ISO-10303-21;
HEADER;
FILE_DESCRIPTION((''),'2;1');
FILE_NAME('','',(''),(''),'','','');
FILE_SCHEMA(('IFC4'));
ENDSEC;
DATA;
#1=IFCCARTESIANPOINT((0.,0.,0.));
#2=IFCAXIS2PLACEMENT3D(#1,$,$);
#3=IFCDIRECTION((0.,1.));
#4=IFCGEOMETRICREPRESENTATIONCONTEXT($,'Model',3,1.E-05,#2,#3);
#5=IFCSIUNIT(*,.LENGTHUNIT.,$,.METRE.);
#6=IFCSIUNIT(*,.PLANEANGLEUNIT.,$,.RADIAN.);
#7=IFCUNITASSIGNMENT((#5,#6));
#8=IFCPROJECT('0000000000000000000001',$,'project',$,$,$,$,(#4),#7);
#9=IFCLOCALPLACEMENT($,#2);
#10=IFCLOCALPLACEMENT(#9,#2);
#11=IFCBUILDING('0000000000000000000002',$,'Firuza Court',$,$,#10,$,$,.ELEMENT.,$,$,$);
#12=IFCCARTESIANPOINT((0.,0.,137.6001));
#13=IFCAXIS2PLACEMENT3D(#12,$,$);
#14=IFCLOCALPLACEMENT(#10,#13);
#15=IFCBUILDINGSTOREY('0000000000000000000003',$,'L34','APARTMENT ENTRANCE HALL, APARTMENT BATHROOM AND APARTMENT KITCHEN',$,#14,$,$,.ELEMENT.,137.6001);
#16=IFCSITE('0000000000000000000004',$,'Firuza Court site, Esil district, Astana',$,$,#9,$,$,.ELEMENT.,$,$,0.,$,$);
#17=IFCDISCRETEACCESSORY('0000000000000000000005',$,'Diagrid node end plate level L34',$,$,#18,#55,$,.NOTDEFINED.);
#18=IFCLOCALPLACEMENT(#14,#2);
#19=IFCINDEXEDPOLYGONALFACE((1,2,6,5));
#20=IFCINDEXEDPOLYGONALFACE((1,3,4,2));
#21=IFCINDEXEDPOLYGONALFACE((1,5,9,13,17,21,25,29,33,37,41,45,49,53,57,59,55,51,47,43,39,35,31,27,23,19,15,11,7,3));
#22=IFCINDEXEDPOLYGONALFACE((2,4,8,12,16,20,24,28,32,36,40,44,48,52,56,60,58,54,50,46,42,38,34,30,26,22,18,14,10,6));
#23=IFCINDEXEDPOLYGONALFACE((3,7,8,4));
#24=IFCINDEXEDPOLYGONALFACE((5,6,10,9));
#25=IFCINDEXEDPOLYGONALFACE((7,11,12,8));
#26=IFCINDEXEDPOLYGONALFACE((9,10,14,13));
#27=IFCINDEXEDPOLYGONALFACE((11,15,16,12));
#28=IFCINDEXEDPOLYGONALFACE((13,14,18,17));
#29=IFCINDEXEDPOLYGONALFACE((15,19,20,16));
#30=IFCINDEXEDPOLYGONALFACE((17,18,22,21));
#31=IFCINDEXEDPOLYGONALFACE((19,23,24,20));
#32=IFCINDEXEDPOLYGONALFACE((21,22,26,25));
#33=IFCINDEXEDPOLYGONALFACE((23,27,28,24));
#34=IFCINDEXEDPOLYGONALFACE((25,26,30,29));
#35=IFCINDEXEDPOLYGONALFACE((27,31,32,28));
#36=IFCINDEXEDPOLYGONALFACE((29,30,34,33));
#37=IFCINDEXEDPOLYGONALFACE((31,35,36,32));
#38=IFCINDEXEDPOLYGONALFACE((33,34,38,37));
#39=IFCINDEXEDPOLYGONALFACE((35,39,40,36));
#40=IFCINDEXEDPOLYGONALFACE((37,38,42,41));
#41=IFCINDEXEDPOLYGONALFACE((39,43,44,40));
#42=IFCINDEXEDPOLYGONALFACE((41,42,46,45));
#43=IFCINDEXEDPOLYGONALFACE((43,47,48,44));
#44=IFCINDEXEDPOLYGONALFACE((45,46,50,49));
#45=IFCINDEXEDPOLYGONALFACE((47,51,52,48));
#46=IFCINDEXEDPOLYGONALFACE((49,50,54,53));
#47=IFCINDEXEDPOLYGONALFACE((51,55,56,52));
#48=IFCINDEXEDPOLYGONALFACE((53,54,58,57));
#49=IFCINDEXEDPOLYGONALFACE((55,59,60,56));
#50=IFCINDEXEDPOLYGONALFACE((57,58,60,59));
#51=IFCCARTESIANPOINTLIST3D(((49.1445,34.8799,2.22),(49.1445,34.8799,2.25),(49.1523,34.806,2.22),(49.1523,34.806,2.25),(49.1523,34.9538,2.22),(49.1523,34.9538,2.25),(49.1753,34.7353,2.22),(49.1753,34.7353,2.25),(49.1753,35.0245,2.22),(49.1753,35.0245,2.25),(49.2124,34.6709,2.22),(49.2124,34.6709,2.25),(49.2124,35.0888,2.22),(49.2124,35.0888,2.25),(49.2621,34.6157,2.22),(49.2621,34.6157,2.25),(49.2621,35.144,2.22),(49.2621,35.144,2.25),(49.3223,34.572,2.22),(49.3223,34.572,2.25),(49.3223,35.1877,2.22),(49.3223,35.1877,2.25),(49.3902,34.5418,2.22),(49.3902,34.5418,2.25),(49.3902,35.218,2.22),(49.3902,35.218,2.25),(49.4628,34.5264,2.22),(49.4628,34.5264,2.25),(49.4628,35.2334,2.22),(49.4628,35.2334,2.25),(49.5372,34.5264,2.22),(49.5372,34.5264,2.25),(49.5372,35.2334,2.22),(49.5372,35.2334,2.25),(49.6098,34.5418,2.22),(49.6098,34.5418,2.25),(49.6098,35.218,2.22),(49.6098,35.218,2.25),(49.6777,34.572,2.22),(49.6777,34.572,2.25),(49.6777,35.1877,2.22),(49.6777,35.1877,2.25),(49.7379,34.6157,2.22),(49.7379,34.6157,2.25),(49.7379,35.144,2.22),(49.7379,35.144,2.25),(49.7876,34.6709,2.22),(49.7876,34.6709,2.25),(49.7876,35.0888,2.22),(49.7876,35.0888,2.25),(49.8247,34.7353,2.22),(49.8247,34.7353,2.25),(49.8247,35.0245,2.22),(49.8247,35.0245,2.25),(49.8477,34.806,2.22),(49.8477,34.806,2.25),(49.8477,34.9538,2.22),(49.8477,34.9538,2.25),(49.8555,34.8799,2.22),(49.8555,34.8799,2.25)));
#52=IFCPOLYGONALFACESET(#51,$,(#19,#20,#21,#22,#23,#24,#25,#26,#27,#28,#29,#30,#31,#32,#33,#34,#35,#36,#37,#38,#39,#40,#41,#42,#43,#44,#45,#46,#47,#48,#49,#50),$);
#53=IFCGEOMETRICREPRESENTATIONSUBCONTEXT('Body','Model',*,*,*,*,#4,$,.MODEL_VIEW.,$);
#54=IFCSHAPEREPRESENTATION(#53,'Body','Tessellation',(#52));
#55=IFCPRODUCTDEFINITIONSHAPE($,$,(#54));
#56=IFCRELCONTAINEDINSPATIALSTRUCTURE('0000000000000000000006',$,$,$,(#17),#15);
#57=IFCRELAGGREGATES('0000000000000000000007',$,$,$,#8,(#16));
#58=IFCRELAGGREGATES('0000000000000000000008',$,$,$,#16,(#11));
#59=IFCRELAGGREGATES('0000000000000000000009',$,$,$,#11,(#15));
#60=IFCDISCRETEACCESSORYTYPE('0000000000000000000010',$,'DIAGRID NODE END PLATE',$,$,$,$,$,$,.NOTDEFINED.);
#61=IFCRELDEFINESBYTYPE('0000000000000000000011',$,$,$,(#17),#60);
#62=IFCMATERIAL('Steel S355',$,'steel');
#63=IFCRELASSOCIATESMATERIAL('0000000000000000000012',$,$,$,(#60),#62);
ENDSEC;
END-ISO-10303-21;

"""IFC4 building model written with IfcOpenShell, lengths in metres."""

from ifc_helpers import new_model, si_unit, direction, frame, origin, origin_2d, place, context, subcontext, project, spatial, circle, extrude, material, material_profile, profile_set, type_object, element, save


model = new_model("IFC4")

# Units and contexts
model_context = context("Model", 3, precision=1e-05, world=origin(), true_north=direction((0.0, 1.0)))
body_context = subcontext(model_context, "Body", "Model", "MODEL_VIEW")
ifc_project = project(units=[si_unit("LENGTHUNIT", "METRE"), si_unit("PLANEANGLEUNIT", "RADIAN")], contexts=[model_context])

# Site, building, storey
site_placement = place(None, origin())
site = spatial("IfcSite", under=ifc_project, at=site_placement, Name="Firuza Court site, Esil district, Astana", CompositionType="ELEMENT", RefElevation=0.0)
building_placement = place(site_placement, origin())
building = spatial("IfcBuilding", under=site, at=building_placement, Name="Firuza Court", CompositionType="ELEMENT")
storey_placement = place(building_placement, frame((0.0, 0.0, 137.6001)))
storey = spatial("IfcBuildingStorey", under=building, at=storey_placement, Name="L34", Description="APARTMENT ENTRANCE HALL, APARTMENT BATHROOM AND APARTMENT KITCHEN", CompositionType="ELEMENT", Elevation=137.6001)

# Discrete accessory
ifc_material_1 = material(Name="Steel S355", Category="steel")
ifc_material_profile_1 = material_profile(ifc_material_1, circle(Radius=0.3555, at=origin_2d()), Name="PL D711")
ifc_profile_set_1 = profile_set([ifc_material_profile_1], Name="Steel S355")
discrete_accessory_type = type_object("IfcDiscreteAccessoryType", Name="DIAGRID NODE END PLATE", PredefinedType="NOTDEFINED", material=ifc_profile_set_1)
discrete_accessory_placement = place(storey_placement, frame((49.5, 34.8799, 2.22), z_axis=(0.0, 0.0, 1.0), x_axis=(1.0, 0.0, 0.0)))
element("IfcDiscreteAccessory", 1, at=discrete_accessory_placement, inside=storey, type_object=discrete_accessory_type, Name="Diagrid node end plate level L34", PredefinedType="NOTDEFINED", context=body_context, shape_type="SweptSolid", body=[
    extrude(circle(Radius=0.3555, at=origin_2d()), origin(), (0.0, 0.0, 1.0), 0.03),
])

save(model, "model.ifc")
